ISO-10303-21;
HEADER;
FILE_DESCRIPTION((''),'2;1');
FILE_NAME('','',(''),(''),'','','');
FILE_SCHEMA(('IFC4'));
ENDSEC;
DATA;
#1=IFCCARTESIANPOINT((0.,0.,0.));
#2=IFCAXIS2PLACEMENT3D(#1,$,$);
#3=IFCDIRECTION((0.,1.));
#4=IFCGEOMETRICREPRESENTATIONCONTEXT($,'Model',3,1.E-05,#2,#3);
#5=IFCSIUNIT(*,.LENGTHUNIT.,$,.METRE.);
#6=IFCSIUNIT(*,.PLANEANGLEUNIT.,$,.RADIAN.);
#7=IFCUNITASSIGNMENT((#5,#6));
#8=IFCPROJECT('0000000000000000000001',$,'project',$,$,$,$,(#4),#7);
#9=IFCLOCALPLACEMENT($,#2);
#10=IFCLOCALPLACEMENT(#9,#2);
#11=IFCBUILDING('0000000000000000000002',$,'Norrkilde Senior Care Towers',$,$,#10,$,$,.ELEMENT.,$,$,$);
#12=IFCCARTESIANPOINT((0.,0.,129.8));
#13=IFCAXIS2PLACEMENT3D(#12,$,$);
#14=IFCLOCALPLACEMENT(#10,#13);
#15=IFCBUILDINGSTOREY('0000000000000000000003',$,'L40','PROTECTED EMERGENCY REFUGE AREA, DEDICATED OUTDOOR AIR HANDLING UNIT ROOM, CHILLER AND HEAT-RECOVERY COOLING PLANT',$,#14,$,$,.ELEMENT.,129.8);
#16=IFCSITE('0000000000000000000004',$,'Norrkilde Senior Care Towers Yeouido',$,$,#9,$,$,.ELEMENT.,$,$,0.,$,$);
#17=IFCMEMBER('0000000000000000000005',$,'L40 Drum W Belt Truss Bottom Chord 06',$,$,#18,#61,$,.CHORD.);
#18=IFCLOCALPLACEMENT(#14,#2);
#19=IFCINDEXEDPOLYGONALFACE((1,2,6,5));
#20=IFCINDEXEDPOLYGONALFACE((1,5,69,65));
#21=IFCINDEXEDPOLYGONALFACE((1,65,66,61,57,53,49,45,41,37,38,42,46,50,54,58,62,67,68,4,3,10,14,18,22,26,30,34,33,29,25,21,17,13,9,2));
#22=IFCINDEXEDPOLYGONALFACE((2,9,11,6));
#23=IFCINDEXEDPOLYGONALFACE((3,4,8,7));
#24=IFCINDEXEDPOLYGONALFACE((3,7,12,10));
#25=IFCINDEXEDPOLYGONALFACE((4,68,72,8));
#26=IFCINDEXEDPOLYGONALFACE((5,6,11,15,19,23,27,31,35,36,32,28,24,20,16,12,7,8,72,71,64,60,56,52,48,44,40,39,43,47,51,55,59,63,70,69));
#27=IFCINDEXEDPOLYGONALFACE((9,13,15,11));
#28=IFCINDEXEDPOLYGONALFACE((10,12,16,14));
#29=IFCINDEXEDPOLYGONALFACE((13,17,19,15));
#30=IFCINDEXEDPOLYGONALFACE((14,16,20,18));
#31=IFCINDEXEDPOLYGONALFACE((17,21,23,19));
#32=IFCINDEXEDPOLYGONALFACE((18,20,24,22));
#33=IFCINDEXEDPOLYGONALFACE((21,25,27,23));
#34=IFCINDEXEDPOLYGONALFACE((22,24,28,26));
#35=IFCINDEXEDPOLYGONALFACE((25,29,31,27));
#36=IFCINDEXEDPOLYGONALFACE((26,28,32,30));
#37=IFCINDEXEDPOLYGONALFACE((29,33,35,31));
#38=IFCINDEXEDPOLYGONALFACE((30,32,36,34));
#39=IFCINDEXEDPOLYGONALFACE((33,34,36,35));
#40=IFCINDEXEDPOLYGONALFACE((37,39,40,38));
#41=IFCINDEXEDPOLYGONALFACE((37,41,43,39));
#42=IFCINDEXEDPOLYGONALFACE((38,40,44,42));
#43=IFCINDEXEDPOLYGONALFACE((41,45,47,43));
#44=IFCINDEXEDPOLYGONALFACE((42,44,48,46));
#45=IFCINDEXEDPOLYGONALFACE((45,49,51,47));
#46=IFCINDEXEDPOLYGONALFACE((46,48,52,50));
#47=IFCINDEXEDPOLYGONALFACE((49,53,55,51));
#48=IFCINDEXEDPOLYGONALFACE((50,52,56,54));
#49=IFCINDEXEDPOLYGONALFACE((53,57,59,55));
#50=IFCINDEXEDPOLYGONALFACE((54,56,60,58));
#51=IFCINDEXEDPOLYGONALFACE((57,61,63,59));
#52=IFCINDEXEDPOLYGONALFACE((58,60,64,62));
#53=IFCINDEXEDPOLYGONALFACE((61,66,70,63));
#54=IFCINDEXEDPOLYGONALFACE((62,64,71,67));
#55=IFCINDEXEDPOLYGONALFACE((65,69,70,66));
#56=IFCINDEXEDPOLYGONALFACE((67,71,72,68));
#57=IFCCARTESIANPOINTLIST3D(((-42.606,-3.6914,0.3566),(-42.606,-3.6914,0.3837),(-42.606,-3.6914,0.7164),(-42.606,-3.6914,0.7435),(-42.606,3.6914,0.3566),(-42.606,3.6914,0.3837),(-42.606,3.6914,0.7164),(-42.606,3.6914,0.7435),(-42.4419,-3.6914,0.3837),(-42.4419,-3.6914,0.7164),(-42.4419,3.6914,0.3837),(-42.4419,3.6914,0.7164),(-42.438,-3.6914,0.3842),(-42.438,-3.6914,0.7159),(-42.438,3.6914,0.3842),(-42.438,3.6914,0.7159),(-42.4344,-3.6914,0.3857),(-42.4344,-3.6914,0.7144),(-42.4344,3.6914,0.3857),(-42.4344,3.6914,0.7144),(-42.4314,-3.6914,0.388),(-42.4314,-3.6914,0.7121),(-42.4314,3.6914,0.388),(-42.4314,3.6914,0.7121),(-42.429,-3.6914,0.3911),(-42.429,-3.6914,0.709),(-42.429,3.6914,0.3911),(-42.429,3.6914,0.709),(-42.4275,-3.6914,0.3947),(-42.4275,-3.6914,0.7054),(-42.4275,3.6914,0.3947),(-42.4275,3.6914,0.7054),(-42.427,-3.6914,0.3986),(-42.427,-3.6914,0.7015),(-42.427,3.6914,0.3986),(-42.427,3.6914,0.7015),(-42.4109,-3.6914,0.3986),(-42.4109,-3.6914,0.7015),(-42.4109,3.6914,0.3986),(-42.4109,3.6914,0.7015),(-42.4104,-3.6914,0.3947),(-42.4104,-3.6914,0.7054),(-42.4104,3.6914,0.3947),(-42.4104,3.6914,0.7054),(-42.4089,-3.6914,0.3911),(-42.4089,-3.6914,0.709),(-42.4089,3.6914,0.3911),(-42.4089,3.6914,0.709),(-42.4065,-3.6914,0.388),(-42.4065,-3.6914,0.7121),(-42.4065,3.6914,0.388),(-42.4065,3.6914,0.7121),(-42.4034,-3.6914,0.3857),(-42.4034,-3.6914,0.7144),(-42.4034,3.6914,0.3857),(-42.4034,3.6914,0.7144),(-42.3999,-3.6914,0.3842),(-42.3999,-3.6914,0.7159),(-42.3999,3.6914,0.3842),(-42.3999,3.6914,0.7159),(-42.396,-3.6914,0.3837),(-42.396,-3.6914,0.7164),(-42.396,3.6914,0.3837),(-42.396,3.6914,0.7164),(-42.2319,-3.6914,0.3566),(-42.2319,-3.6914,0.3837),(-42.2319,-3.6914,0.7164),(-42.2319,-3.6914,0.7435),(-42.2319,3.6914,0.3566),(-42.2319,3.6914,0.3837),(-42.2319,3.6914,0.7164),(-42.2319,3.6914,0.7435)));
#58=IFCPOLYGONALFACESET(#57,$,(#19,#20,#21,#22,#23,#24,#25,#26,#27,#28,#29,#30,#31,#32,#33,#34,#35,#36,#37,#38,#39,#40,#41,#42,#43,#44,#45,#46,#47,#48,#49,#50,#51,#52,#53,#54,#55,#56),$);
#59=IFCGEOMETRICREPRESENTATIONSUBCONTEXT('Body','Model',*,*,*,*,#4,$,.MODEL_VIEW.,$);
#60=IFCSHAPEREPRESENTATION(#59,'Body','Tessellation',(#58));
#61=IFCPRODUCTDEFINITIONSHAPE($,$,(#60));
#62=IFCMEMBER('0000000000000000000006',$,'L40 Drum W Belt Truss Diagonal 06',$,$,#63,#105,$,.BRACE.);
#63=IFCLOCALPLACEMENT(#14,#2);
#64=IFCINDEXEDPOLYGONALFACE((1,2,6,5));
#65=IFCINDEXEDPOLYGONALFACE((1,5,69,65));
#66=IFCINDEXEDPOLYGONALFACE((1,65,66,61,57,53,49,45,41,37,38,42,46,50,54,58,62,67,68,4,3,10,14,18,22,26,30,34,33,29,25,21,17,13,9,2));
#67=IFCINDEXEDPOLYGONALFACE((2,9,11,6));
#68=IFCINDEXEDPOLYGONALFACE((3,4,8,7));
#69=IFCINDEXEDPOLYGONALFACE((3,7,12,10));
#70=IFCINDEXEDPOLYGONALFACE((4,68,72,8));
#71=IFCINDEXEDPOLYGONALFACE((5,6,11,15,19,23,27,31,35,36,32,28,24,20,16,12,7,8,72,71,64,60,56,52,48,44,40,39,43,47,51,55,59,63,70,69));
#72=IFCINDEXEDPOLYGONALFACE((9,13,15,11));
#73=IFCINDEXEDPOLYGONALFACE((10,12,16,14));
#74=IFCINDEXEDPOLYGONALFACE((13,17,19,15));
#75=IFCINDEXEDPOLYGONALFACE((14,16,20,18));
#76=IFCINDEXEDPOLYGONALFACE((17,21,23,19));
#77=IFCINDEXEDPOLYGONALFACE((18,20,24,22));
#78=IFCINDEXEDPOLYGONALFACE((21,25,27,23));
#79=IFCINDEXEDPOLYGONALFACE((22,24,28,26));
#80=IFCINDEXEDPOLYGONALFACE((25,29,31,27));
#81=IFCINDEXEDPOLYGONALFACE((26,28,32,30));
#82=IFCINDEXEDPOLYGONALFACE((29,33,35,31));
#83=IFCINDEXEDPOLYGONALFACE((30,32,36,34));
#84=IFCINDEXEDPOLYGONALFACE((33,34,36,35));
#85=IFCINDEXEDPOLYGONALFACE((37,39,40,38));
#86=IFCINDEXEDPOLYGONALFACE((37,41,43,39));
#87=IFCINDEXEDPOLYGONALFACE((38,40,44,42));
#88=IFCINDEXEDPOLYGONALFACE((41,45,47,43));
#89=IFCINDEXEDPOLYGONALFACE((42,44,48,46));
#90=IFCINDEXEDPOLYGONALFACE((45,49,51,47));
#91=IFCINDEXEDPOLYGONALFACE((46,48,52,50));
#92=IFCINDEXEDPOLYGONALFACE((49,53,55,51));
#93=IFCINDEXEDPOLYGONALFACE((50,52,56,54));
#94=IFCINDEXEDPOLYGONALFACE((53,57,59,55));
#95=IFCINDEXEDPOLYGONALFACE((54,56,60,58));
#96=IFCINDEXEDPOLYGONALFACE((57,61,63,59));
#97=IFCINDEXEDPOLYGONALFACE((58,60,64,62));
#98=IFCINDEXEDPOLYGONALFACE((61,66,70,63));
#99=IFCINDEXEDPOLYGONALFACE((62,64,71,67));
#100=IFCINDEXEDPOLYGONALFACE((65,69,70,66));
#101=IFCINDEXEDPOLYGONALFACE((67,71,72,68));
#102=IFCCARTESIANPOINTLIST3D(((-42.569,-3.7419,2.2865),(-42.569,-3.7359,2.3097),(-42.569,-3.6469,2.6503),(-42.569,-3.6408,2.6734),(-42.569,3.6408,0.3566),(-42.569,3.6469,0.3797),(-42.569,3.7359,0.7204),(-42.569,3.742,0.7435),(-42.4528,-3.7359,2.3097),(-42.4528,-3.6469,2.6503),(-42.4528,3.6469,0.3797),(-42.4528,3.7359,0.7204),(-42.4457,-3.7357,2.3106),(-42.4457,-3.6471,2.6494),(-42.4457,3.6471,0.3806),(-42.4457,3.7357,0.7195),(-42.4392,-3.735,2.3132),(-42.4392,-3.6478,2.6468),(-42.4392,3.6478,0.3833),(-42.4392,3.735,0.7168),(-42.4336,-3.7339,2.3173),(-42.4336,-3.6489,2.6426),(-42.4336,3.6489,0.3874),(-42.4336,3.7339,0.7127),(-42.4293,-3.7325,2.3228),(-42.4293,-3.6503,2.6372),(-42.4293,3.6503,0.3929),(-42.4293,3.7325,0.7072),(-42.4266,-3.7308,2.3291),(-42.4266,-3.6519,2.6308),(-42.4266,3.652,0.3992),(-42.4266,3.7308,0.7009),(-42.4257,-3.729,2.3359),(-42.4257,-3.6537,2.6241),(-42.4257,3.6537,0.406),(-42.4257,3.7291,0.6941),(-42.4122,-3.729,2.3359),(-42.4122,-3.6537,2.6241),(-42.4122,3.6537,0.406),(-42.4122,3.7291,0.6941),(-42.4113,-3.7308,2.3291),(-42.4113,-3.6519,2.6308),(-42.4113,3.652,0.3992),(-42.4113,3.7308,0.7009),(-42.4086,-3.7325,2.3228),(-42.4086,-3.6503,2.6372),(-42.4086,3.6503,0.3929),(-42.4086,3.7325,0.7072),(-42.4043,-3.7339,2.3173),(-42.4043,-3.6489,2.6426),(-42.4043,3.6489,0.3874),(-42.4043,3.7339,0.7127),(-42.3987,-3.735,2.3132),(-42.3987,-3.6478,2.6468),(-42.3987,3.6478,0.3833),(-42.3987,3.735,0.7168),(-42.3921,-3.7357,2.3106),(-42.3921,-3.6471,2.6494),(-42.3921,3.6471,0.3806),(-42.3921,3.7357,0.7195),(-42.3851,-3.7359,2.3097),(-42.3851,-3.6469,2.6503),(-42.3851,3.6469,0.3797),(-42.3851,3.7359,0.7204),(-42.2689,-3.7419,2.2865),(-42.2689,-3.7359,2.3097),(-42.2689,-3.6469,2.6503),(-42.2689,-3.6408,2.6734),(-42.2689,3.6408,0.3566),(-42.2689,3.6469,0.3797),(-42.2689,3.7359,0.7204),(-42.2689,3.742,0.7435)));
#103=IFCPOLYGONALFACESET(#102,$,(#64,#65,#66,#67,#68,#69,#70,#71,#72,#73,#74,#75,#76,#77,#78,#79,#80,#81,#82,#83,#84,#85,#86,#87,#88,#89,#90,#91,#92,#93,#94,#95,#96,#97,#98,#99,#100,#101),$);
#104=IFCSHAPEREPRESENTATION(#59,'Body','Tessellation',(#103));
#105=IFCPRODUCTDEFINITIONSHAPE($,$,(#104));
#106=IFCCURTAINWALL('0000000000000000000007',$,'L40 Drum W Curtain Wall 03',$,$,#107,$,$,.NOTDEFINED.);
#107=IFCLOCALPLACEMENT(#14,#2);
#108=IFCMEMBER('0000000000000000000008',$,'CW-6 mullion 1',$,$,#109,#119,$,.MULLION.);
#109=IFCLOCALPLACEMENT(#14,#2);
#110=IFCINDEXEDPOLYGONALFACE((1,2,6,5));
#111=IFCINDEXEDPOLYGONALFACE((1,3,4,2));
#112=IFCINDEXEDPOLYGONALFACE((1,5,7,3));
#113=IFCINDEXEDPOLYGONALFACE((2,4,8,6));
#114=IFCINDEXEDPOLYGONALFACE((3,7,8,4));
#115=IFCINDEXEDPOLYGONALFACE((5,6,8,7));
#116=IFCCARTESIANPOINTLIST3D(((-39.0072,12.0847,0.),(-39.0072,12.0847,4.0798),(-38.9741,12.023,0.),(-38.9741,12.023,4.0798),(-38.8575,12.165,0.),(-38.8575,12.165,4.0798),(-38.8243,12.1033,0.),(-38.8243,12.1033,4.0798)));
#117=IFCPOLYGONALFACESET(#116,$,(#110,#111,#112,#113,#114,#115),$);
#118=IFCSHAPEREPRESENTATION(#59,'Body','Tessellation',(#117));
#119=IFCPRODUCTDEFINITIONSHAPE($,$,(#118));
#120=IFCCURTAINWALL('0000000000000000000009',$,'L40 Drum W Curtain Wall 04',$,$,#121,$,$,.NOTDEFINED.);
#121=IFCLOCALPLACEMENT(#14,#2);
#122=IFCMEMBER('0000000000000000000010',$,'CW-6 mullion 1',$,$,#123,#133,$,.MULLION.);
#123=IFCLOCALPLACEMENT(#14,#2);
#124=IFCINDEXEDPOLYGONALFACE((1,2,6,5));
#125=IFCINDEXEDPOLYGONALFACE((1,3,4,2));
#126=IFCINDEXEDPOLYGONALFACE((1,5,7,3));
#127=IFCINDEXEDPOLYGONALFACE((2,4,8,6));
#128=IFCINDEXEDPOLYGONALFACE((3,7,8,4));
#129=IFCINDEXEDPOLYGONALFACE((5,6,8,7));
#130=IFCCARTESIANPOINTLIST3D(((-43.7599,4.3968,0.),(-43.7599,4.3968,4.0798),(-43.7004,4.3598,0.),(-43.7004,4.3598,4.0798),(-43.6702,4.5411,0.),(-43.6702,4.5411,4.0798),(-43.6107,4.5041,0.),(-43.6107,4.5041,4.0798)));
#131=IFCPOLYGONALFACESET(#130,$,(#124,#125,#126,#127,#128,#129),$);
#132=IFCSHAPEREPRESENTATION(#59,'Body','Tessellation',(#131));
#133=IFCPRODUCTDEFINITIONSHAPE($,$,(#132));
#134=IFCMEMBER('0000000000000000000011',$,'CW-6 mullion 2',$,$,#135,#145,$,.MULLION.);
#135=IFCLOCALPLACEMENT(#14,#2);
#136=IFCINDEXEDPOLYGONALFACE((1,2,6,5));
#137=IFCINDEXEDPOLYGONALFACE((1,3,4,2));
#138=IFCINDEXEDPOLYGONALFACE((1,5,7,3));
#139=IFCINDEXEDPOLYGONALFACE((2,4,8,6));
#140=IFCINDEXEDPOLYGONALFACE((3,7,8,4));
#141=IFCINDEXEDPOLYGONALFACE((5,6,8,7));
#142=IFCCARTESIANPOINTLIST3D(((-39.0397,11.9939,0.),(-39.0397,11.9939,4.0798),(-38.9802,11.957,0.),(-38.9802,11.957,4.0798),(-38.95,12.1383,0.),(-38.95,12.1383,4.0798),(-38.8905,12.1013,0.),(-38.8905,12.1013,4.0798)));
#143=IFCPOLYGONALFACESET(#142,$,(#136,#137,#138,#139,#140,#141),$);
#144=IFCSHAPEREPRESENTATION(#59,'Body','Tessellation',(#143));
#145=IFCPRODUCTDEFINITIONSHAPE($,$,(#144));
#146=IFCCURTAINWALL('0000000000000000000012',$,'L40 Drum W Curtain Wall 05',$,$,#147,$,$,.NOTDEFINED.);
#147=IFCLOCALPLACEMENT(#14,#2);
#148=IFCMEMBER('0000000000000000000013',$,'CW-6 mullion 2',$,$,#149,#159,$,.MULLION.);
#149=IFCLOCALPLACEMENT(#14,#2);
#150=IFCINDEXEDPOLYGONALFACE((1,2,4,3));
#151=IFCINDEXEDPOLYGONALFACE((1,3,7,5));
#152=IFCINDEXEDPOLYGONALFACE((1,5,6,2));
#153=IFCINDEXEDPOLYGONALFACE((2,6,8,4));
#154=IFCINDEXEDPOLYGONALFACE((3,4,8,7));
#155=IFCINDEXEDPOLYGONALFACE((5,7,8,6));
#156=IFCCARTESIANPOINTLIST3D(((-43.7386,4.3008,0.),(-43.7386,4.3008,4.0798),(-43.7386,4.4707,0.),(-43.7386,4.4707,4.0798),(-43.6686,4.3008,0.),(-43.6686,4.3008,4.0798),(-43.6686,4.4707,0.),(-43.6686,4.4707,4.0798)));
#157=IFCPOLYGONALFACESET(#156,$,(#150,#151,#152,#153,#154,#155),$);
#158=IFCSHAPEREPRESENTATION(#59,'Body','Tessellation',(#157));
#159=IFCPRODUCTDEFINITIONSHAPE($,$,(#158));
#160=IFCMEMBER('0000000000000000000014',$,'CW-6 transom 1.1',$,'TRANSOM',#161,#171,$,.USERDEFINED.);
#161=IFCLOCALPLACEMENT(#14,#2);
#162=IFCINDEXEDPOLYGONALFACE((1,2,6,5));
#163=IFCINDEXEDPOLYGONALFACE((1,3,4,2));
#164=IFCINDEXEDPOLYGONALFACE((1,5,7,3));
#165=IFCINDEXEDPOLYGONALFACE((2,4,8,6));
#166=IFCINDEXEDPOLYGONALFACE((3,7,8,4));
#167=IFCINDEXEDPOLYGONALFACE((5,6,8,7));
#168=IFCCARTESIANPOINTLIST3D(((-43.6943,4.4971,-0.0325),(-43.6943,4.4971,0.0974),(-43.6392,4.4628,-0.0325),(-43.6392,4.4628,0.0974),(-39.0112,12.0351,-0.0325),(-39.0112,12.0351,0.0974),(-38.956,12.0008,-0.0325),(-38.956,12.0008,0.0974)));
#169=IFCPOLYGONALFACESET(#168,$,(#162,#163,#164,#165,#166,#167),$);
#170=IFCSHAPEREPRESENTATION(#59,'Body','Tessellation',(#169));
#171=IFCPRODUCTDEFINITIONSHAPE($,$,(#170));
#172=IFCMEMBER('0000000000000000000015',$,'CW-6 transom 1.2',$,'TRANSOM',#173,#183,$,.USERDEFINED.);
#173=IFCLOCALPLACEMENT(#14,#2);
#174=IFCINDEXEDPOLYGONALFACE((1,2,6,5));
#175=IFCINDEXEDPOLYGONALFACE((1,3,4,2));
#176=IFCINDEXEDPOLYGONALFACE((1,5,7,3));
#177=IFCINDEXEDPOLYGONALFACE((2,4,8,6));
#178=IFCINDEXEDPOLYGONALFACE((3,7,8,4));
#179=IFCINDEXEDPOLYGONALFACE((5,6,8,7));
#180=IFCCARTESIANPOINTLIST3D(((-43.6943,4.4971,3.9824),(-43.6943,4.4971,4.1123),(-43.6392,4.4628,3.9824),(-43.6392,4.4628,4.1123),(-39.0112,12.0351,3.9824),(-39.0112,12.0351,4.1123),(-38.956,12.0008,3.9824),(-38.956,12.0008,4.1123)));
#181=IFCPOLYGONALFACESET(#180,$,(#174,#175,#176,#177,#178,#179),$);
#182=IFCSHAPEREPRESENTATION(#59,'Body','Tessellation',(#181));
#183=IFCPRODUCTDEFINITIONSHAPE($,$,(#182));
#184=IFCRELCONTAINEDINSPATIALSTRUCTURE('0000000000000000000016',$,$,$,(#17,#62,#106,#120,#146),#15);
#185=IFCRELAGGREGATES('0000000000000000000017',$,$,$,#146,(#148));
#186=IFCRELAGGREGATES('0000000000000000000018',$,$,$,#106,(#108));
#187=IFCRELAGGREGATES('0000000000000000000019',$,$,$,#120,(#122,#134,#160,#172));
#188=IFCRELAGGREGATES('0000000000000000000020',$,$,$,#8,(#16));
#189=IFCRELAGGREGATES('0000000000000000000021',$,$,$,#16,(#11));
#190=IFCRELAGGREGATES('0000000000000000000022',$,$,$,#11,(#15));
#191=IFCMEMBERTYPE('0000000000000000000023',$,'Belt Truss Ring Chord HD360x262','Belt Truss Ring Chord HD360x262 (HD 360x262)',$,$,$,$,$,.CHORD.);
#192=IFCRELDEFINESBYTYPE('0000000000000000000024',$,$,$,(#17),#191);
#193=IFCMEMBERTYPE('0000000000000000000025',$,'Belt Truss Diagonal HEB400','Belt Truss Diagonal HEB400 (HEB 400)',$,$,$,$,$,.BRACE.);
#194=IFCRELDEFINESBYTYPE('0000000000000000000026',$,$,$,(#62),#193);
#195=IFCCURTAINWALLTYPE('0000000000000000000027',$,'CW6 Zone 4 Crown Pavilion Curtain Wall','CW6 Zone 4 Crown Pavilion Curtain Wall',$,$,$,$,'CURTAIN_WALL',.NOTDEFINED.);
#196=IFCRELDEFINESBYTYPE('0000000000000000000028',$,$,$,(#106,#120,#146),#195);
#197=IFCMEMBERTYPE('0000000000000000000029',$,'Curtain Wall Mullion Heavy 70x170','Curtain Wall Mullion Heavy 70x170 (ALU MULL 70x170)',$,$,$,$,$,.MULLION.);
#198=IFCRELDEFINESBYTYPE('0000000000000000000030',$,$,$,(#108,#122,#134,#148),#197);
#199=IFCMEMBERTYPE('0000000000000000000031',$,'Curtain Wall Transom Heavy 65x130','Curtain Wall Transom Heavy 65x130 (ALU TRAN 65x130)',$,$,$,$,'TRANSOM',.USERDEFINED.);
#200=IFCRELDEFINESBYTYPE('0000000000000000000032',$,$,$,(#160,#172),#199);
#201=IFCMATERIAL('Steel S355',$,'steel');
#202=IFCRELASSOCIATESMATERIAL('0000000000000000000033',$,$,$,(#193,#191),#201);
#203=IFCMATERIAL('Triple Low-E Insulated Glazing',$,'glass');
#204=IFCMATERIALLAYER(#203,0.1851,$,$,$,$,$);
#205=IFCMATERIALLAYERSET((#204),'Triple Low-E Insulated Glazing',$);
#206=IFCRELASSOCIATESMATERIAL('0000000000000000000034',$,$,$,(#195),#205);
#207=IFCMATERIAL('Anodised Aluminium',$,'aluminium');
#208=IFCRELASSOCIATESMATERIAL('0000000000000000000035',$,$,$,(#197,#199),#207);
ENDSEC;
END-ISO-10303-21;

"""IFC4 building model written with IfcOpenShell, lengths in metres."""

from ifc_helpers import new_model, si_unit, direction, frame, origin, origin_2d, place, context, subcontext, project, spatial, rectangle, i_section, extrude, source, transform, mapped, material, layer, layer_set, material_profile, profile_set, type_object, type_shapes, element, aggregate, save


model = new_model("IFC4")

# Units and contexts
model_context = context("Model", 3, precision=1e-05, world=origin(), true_north=direction((0.0, 1.0)))
body_context = subcontext(model_context, "Body", "Model", "MODEL_VIEW")
ifc_project = project(units=[si_unit("LENGTHUNIT", "METRE"), si_unit("PLANEANGLEUNIT", "RADIAN")], contexts=[model_context])

# Site, building, storey
site_placement = place(None, origin())
site = spatial("IfcSite", under=ifc_project, at=site_placement, Name="Norrkilde Senior Care Towers Yeouido", CompositionType="ELEMENT", RefElevation=0.0)
building_placement = place(site_placement, origin())
building = spatial("IfcBuilding", under=site, at=building_placement, Name="Norrkilde Senior Care Towers", CompositionType="ELEMENT")
storey_placement = place(building_placement, frame((0.0, 0.0, 129.8)))
storey = spatial("IfcBuildingStorey", under=building, at=storey_placement, Name="L40", Description="PROTECTED EMERGENCY REFUGE AREA, DEDICATED OUTDOOR AIR HANDLING UNIT ROOM, CHILLER AND HEAT-RECOVERY COOLING PLANT", CompositionType="ELEMENT", Elevation=129.8)

# Shared definitions
ifc_material_1 = material(Name="Steel S355", Category="steel")

# Members
ifc_material_profile_1 = material_profile(ifc_material_1, i_section(OverallWidth=0.3, OverallDepth=0.3999, WebThickness=0.0134, FlangeThickness=0.0239, FilletRadius=0.0271, at=origin_2d()), Name="HEB 400")
ifc_profile_set_1 = profile_set([ifc_material_profile_1], Name="Steel S355")
member_type_1 = type_object("IfcMemberType", Name="Belt Truss Diagonal HEB400", Description="Belt Truss Diagonal HEB400 (HEB 400)", PredefinedType="BRACE", material=ifc_profile_set_1)
ifc_material_profile_2 = material_profile(ifc_material_1, i_section(OverallWidth=0.374, OverallDepth=0.387, WebThickness=0.0161, FlangeThickness=0.0271, FilletRadius=0.0149, at=origin_2d()), Name="HD 360x262")
ifc_profile_set_2 = profile_set([ifc_material_profile_2], Name="Steel S355")
member_type_2 = type_object("IfcMemberType", Name="Belt Truss Ring Chord HD360x262", Description="Belt Truss Ring Chord HD360x262 (HD 360x262)", PredefinedType="CHORD", material=ifc_profile_set_2)
shared_shape_1 = source(origin(), body_context, "Body", "SweptSolid", [
    extrude(i_section(OverallWidth=0.374, OverallDepth=0.387, WebThickness=0.0161, FlangeThickness=0.0271, FilletRadius=0.0149, at=origin_2d()), origin(), (0.0, 0.0, 1.0), 7.3828),
])
member_1_placement = place(storey_placement, frame((-42.4189, 3.6914, 0.55), z_axis=(0.0, -1.0, 0.0), x_axis=(1.0, 0.0, 0.0)))
element("IfcMember", 1, at=member_1_placement, inside=storey, type_object=member_type_2, Name="L40 Drum W Belt Truss Bottom Chord 06", PredefinedType="CHORD", context=body_context, shape_type="MappedRepresentation", body=[
    mapped(shared_shape_1, transform((0.0, 0.0, 0.0), x_axis=(1.0, 0.0, 0.0), y_axis=(0.0, 1.0, 0.0), z_axis=(0.0, 0.0, 1.0), scale=1.0)),
])
shared_shape_2 = source(origin(), body_context, "Body", "SweptSolid", [
    extrude(i_section(OverallWidth=0.3, OverallDepth=0.3999, WebThickness=0.0134, FlangeThickness=0.0239, FilletRadius=0.0271, at=origin_2d()), origin(), (0.0, 0.0, 1.0), 7.6309),
])
member_2_placement = place(storey_placement, frame((-42.4189, 3.6914, 0.55), z_axis=(0.0, -0.96749, 0.25291), x_axis=(1.0, 0.0, 0.0)))
element("IfcMember", 2, at=member_2_placement, inside=storey, type_object=member_type_1, Name="L40 Drum W Belt Truss Diagonal 06", PredefinedType="BRACE", context=body_context, shape_type="MappedRepresentation", body=[
    mapped(shared_shape_2, transform((0.0, 0.0, 0.0), x_axis=(1.0, 0.0, 0.0), y_axis=(0.0, 1.0, 0.0), z_axis=(0.0, 0.0, 1.0), scale=1.0)),
])

# Curtain wall, member
ifc_material_2 = material(Name="Triple Low-E Insulated Glazing", Category="glass")
ifc_layer_1 = layer(ifc_material_2, 0.1851)
ifc_layer_set_1 = layer_set([ifc_layer_1], Name="Triple Low-E Insulated Glazing")
curtain_wall_type = type_object("IfcCurtainWallType", Name="CW6 Zone 4 Crown Pavilion Curtain Wall", Description="CW6 Zone 4 Crown Pavilion Curtain Wall", ElementType="CURTAIN_WALL", PredefinedType="NOTDEFINED", material=ifc_layer_set_1)
curtain_wall_1_placement = place(storey_placement, origin())
curtain_wall_1 = element("IfcCurtainWall", 3, at=curtain_wall_1_placement, inside=storey, type_object=curtain_wall_type, Name="L40 Drum W Curtain Wall 03", PredefinedType="NOTDEFINED")
ifc_material_3 = material(Name="Anodised Aluminium", Category="aluminium")
ifc_material_profile_3 = material_profile(ifc_material_3, rectangle(XDim=0.0701, YDim=0.1699, at=origin_2d()), Name="ALU MULL 70x170")
ifc_profile_set_3 = profile_set([ifc_material_profile_3], Name="Anodised Aluminium")
member_type_3 = type_object("IfcMemberType", Name="Curtain Wall Mullion Heavy 70x170", Description="Curtain Wall Mullion Heavy 70x170 (ALU MULL 70x170)", PredefinedType="MULLION", material=ifc_profile_set_3)
shared_shape_3 = source(origin(), body_context, "Body", "SweptSolid", [
    extrude(rectangle(XDim=0.0701, YDim=0.1699, at=origin_2d()), origin(), (0.0, 0.0, 1.0), 4.0798),
])
type_shapes(member_type_3, [shared_shape_3])
member_3_placement = place(storey_placement, frame((-38.9158, 12.094, 0.0), z_axis=(0.0, 0.0, 1.0), x_axis=(-0.472769, 0.881186, 0.0)))
member_3 = element("IfcMember", 4, at=member_3_placement, type_object=member_type_3, Name="CW-6 mullion 1", PredefinedType="MULLION", context=body_context, shape_type="MappedRepresentation", body=[
    mapped(shared_shape_3, transform((0.0, 0.0, 0.0), x_axis=(1.0, 0.0, 0.0), y_axis=(0.0, 1.0, 0.0), z_axis=(0.0, 0.0, 1.0), scale=1.0)),
])

# Curtain wall, members
curtain_wall_2_placement = place(storey_placement, origin())
curtain_wall_2 = element("IfcCurtainWall", 5, at=curtain_wall_2_placement, inside=storey, type_object=curtain_wall_type, Name="L40 Drum W Curtain Wall 04", PredefinedType="NOTDEFINED")
member_4_placement = place(storey_placement, frame((-43.6853, 4.4504, 0.0), z_axis=(0.0, 0.0, 1.0), x_axis=(-0.84941, 0.527733, 0.0)))
member_4 = element("IfcMember", 6, at=member_4_placement, type_object=member_type_3, Name="CW-6 mullion 1", PredefinedType="MULLION", context=body_context, shape_type="MappedRepresentation", body=[
    mapped(shared_shape_3, transform((0.0, 0.0, 0.0), x_axis=(1.0, 0.0, 0.0), y_axis=(0.0, 1.0, 0.0), z_axis=(0.0, 0.0, 1.0), scale=1.0)),
])
member_5_placement = place(storey_placement, frame((-38.9651, 12.0476, 0.0), z_axis=(0.0, 0.0, 1.0), x_axis=(-0.84941, 0.527733, 0.0)))
member_5 = element("IfcMember", 7, at=member_5_placement, type_object=member_type_3, Name="CW-6 mullion 2", PredefinedType="MULLION", context=body_context, shape_type="MappedRepresentation", body=[
    mapped(shared_shape_3, transform((0.0, 0.0, 0.0), x_axis=(1.0, 0.0, 0.0), y_axis=(0.0, 1.0, 0.0), z_axis=(0.0, 0.0, 1.0), scale=1.0)),
])

# Curtain wall, member
curtain_wall_3_placement = place(storey_placement, origin())
curtain_wall_3 = element("IfcCurtainWall", 8, at=curtain_wall_3_placement, inside=storey, type_object=curtain_wall_type, Name="L40 Drum W Curtain Wall 05", PredefinedType="NOTDEFINED")
member_6_placement = place(storey_placement, frame((-43.7036, 4.3857, 0.0), z_axis=(0.0, 0.0, 1.0), x_axis=(-1.0, 0.0, 0.0)))
member_6 = element("IfcMember", 9, at=member_6_placement, type_object=member_type_3, Name="CW-6 mullion 2", PredefinedType="MULLION", context=body_context, shape_type="MappedRepresentation", body=[
    mapped(shared_shape_3, transform((0.0, 0.0, 0.0), x_axis=(1.0, 0.0, 0.0), y_axis=(0.0, 1.0, 0.0), z_axis=(0.0, 0.0, 1.0), scale=1.0)),
])
aggregate(curtain_wall_3, [member_6])

# Members
ifc_material_profile_4 = material_profile(ifc_material_3, rectangle(XDim=0.0649, YDim=0.1299, at=origin_2d()), Name="ALU TRAN 65x130")
ifc_profile_set_4 = profile_set([ifc_material_profile_4], Name="Anodised Aluminium")
member_type_4 = type_object("IfcMemberType", Name="Curtain Wall Transom Heavy 65x130", Description="Curtain Wall Transom Heavy 65x130 (ALU TRAN 65x130)", ElementType="TRANSOM", PredefinedType="USERDEFINED", material=ifc_profile_set_4)
shared_shape_4 = source(origin(), body_context, "Body", "SweptSolid", [
    extrude(rectangle(XDim=0.0649, YDim=0.1299, at=origin_2d()), origin(), (0.0, 0.0, 1.0), 8.8743),
])
member_7_placement = place(storey_placement, frame((-43.6667, 4.48, 0.0325), z_axis=(0.527724, 0.849416, 0.0), x_axis=(-0.849416, 0.527724, 0.0)))
member_7 = element("IfcMember", 10, at=member_7_placement, type_object=member_type_4, Name="CW-6 transom 1.1", ObjectType="TRANSOM", PredefinedType="USERDEFINED", context=body_context, shape_type="MappedRepresentation", body=[
    mapped(shared_shape_4, transform((0.0, 0.0, 0.0), x_axis=(1.0, 0.0, 0.0), y_axis=(0.0, 1.0, 0.0), z_axis=(0.0, 0.0, 1.0), scale=1.0)),
])
member_8_placement = place(storey_placement, frame((-43.6667, 4.48, 4.0474), z_axis=(0.527724, 0.849416, 0.0), x_axis=(-0.849416, 0.527724, 0.0)))
member_8 = element("IfcMember", 11, at=member_8_placement, type_object=member_type_4, Name="CW-6 transom 1.2", ObjectType="TRANSOM", PredefinedType="USERDEFINED", context=body_context, shape_type="MappedRepresentation", body=[
    mapped(shared_shape_4, transform((0.0, 0.0, 0.0), x_axis=(1.0, 0.0, 0.0), y_axis=(0.0, 1.0, 0.0), z_axis=(0.0, 0.0, 1.0), scale=1.0)),
])
aggregate(curtain_wall_1, [member_3])

aggregate(curtain_wall_2, [member_4, member_5, member_7, member_8])

save(model, "model.ifc")
